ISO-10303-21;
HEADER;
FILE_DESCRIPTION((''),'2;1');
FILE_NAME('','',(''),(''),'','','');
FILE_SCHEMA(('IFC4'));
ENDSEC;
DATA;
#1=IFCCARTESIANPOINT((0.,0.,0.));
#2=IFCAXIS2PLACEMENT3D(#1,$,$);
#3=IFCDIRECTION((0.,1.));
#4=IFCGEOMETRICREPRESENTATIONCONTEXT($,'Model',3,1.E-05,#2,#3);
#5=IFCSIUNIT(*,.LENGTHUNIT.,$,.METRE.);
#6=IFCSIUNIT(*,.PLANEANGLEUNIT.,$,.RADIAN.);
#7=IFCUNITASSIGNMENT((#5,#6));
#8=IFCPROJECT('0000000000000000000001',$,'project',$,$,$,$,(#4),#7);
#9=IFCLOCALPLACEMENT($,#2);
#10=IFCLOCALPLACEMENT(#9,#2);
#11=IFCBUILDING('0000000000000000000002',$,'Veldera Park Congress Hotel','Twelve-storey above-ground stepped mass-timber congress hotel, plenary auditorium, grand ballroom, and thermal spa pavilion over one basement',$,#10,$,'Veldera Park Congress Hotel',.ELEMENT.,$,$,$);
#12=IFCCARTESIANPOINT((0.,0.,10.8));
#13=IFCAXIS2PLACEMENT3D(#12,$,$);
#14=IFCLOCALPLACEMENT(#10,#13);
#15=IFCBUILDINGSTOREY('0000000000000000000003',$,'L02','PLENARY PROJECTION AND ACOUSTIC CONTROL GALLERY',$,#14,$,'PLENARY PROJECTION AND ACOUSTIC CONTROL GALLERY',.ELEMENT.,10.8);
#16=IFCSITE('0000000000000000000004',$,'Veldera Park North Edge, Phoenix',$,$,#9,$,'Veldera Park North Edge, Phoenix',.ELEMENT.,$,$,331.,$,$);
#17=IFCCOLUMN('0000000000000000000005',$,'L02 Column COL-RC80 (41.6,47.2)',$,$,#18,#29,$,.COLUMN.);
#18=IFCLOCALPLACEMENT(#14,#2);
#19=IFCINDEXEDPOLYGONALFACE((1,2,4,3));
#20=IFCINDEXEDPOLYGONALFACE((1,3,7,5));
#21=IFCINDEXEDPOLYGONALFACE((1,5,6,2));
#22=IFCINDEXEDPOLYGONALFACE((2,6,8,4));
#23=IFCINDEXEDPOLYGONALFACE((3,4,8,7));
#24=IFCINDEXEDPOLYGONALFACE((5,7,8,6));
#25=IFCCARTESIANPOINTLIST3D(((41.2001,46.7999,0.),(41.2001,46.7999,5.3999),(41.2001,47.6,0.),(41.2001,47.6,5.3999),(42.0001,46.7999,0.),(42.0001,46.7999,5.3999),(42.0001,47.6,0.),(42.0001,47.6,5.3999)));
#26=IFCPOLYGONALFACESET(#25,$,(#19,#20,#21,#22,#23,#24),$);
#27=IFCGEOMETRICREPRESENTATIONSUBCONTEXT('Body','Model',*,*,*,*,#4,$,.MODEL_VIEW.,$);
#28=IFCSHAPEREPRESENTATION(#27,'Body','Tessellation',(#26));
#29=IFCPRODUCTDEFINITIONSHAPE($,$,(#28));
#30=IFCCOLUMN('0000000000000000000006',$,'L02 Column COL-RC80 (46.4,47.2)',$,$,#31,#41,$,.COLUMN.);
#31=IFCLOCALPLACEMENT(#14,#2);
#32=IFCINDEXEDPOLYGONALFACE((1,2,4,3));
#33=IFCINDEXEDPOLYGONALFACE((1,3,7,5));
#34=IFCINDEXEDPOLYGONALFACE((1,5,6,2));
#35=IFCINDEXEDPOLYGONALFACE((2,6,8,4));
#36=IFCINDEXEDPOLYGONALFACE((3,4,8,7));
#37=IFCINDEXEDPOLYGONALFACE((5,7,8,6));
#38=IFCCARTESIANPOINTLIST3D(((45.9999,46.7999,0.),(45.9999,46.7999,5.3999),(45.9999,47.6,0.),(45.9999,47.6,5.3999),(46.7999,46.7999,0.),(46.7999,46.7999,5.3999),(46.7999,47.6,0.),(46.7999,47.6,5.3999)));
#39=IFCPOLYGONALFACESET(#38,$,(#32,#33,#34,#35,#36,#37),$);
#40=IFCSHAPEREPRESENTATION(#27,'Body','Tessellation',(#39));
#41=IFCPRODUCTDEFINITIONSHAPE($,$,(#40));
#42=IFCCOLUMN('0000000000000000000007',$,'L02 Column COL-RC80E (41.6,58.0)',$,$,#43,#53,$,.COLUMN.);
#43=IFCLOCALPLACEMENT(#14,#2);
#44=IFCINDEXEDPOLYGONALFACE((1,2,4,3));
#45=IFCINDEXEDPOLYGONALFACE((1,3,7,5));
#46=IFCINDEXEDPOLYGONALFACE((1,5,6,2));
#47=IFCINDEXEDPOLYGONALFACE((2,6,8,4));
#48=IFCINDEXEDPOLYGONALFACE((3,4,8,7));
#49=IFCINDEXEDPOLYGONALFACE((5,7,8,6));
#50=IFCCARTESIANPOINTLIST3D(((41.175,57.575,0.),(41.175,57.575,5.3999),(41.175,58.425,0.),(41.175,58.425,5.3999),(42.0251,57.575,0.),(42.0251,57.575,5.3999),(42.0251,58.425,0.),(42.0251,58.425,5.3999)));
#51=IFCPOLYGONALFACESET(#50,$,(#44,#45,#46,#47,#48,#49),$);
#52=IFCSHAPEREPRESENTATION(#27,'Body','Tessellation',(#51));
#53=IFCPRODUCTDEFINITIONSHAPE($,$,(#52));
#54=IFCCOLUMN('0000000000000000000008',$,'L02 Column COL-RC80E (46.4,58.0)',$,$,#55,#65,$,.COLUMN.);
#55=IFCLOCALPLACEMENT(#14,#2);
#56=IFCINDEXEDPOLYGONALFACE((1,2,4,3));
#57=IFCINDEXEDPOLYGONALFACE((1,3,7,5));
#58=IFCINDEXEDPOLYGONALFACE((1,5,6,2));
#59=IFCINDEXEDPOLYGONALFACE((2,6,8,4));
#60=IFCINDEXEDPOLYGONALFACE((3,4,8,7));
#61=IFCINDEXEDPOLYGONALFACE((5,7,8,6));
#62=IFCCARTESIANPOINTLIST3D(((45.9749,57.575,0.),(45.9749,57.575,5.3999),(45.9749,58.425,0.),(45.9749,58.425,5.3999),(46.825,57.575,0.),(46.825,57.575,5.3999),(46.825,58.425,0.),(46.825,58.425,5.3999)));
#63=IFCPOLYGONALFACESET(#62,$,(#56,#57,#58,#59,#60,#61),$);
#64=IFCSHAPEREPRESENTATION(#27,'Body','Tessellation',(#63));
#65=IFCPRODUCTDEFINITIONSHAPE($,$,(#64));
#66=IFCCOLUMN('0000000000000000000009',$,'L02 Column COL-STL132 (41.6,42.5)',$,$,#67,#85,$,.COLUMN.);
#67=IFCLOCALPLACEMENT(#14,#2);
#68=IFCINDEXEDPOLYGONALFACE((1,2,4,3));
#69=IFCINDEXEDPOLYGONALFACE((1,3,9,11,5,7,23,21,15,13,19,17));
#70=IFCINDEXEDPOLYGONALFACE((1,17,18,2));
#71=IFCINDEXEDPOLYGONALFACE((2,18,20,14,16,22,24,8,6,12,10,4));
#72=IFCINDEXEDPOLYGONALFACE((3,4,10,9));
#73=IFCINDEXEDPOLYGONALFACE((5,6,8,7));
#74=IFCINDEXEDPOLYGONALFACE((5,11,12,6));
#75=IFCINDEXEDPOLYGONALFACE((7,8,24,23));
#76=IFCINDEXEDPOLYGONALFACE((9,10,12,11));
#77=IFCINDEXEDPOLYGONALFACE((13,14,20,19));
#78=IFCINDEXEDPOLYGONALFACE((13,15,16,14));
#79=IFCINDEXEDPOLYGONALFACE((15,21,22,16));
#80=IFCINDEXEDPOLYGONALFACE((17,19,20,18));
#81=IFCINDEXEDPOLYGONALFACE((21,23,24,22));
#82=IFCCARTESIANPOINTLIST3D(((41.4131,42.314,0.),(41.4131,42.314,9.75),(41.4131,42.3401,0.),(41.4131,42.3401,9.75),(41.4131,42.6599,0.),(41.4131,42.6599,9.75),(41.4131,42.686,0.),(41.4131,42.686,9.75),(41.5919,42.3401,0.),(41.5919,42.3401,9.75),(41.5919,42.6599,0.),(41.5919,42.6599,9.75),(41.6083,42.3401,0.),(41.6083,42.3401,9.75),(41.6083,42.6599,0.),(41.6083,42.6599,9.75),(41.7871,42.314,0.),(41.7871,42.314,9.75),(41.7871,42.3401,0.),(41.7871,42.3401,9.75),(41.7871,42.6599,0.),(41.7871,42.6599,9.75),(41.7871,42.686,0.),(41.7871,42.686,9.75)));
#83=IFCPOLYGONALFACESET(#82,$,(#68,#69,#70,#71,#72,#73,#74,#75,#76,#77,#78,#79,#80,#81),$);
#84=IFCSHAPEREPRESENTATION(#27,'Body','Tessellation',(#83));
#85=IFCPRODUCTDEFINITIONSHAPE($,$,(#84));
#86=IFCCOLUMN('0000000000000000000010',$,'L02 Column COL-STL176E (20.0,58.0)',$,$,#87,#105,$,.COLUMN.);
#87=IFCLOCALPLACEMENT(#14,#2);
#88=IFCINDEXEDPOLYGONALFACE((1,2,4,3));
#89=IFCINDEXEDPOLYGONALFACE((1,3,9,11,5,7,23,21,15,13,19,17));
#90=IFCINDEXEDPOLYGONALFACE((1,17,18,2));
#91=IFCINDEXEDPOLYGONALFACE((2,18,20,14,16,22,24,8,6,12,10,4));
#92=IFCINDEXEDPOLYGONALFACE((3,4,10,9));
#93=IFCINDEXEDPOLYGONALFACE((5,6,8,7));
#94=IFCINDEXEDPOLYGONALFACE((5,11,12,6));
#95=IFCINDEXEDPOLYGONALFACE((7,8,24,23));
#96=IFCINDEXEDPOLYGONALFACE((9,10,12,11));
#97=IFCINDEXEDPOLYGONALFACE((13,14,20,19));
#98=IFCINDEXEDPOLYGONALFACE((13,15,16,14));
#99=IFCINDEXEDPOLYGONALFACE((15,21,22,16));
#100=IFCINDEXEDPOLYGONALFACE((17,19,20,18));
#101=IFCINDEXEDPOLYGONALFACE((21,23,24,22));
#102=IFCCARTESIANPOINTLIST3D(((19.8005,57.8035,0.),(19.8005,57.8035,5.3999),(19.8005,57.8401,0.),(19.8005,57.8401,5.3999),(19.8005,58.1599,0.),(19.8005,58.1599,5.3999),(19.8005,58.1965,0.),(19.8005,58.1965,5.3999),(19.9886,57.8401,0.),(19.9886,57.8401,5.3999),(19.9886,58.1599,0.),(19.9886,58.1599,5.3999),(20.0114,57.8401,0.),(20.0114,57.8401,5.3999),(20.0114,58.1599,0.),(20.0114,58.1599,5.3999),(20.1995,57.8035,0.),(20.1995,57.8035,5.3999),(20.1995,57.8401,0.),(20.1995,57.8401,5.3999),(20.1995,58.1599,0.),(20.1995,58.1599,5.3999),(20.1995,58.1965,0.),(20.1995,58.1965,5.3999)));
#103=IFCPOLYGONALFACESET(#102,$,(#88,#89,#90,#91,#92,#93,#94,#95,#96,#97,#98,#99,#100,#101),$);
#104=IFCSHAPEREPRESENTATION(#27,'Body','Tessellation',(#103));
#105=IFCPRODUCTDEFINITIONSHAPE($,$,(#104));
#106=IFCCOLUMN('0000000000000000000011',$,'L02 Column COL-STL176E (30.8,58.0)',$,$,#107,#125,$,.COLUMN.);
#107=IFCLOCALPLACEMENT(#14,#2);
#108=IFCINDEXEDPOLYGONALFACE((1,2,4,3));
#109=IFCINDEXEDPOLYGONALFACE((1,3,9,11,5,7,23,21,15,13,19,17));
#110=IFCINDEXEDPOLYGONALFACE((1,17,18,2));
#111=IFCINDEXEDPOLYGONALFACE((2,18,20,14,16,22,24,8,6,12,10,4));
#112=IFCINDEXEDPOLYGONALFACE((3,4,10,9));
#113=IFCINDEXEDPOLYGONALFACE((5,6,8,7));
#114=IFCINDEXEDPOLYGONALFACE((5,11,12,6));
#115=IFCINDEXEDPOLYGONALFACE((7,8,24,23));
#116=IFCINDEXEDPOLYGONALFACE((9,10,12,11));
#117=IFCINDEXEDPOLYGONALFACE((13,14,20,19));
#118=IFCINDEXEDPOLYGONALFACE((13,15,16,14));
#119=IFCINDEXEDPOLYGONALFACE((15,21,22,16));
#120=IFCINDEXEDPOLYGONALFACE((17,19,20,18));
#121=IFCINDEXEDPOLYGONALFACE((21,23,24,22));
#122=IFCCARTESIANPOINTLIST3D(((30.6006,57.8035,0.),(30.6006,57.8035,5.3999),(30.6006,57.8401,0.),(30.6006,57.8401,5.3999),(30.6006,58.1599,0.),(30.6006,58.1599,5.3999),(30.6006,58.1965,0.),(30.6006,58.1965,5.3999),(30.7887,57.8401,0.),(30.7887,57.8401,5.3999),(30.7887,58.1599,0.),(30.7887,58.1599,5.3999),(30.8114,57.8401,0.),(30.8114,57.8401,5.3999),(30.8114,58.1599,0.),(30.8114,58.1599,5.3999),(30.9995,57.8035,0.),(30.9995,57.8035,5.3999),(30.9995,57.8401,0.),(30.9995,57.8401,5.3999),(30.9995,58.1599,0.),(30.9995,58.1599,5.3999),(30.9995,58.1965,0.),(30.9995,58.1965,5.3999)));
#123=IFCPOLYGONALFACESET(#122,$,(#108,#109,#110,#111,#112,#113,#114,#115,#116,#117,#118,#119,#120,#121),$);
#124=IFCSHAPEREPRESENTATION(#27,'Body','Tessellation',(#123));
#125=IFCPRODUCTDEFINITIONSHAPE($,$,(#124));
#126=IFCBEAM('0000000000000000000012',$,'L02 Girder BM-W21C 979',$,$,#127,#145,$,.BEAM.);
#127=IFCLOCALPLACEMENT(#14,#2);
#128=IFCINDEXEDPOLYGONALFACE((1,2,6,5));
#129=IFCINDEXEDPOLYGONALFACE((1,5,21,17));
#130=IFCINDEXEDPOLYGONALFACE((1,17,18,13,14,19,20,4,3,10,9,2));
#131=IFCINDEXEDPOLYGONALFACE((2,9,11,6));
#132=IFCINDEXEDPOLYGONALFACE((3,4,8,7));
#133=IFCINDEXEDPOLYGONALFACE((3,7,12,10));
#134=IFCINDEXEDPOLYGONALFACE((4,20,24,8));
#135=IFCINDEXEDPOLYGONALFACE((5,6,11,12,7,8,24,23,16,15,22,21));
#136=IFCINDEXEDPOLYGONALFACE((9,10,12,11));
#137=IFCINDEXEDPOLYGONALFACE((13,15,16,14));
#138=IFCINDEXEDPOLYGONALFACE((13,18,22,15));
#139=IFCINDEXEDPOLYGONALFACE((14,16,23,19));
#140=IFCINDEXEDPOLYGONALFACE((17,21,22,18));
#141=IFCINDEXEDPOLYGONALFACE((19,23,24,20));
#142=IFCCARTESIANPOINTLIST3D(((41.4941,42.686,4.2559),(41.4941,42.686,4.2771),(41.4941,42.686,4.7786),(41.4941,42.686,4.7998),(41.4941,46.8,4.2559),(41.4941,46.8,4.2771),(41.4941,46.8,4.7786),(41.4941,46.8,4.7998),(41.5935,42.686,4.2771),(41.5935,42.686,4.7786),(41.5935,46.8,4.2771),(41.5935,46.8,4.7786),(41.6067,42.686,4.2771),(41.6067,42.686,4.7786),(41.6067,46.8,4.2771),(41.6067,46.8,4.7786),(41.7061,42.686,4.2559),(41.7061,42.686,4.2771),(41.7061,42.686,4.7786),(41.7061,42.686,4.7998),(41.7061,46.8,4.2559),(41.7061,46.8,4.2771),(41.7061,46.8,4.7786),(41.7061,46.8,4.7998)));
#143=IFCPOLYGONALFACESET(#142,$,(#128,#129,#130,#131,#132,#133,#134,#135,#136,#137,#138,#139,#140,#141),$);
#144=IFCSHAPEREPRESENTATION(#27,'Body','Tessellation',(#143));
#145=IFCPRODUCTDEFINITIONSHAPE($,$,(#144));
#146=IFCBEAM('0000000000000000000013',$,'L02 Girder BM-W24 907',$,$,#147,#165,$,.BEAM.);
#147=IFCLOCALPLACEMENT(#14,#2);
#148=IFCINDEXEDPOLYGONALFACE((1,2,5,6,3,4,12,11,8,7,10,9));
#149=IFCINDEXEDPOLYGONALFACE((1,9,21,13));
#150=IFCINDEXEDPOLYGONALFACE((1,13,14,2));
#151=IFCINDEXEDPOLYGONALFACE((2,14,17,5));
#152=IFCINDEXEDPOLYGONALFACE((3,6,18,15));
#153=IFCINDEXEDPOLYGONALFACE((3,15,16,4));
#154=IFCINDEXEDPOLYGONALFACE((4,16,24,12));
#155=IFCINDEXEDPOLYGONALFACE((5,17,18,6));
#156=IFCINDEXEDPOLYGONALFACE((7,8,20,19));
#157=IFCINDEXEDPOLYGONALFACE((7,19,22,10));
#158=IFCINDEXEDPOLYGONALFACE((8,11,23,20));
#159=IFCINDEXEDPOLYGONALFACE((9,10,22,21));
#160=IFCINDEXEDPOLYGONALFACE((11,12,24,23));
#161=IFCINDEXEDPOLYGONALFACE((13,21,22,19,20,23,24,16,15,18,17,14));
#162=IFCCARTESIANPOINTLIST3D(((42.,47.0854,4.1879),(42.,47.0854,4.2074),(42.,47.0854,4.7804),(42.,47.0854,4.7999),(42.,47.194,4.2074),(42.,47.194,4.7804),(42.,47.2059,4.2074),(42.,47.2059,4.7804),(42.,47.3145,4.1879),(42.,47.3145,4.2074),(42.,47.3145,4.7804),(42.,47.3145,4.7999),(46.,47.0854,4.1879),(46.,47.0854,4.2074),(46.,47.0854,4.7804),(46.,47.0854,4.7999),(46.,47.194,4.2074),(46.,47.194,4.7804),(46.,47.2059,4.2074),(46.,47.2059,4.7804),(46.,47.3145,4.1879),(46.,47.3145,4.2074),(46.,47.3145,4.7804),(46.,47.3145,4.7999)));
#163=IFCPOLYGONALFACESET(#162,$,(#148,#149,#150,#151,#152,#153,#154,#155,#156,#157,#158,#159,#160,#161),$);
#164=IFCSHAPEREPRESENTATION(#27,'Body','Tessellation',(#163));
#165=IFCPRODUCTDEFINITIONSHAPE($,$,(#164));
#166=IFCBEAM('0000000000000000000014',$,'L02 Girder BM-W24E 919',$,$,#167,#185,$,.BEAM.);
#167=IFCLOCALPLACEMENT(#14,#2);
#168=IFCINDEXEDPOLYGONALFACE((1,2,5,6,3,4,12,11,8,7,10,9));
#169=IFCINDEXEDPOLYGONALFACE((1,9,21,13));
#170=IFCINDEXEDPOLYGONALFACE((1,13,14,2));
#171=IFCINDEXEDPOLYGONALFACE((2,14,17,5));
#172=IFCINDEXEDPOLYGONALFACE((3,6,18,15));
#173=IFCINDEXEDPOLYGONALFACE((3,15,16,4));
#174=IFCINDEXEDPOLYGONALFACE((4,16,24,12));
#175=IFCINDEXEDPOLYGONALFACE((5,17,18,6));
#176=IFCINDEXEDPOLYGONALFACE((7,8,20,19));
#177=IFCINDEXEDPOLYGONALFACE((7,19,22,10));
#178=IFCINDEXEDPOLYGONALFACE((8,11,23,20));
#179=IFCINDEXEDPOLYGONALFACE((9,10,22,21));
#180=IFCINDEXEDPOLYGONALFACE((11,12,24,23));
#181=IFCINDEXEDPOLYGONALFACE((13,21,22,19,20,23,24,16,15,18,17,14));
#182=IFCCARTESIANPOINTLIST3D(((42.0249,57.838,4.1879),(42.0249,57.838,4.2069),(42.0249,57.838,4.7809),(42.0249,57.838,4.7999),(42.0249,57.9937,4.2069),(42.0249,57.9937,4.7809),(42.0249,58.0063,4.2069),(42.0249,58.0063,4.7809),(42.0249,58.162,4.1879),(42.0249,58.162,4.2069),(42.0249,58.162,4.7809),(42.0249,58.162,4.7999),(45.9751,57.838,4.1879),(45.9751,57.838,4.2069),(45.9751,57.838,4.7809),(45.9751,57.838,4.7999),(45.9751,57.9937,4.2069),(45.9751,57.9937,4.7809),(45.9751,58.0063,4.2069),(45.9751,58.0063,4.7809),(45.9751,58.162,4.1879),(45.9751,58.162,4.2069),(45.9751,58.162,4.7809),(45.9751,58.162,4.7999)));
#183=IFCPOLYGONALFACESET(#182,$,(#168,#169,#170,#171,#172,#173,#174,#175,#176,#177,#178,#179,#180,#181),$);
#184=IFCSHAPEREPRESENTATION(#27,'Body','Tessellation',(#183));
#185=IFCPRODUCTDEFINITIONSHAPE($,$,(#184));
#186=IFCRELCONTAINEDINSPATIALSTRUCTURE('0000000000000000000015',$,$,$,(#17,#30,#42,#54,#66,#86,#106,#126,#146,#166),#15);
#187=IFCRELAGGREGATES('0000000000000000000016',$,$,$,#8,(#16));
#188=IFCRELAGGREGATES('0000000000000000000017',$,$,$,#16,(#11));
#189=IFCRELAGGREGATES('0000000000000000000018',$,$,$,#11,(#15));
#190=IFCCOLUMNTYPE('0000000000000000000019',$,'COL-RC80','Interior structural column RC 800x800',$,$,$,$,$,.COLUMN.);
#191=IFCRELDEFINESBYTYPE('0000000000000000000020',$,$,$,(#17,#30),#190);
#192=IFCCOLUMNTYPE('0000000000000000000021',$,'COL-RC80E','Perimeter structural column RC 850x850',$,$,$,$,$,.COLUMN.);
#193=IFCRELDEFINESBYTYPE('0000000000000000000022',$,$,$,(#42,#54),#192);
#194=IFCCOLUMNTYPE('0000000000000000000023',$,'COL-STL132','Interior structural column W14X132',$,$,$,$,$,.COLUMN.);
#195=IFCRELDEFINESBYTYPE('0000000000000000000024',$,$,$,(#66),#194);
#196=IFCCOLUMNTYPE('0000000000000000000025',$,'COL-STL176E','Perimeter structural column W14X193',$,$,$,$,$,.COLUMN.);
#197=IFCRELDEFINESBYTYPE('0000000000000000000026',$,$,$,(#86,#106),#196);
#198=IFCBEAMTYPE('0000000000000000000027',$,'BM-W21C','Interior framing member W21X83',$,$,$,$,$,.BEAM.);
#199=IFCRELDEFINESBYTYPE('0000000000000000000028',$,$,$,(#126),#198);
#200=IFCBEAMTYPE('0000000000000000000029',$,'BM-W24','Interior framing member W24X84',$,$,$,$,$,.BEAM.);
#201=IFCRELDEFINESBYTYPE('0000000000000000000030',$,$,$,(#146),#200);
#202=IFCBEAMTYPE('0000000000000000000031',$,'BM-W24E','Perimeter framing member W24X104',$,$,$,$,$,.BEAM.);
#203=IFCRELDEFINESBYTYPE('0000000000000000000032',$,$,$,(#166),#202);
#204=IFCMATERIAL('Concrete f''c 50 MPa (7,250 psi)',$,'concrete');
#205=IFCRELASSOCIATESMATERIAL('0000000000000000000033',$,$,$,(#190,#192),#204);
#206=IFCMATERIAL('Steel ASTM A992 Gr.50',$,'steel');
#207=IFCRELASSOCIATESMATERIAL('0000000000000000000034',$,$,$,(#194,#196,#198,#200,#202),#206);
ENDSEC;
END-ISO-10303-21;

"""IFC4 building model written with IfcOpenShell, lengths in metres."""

from ifc_helpers import new_model, si_unit, direction, frame, origin, origin_2d, place, context, subcontext, project, spatial, rectangle, i_section, extrude, material, material_profile, profile_set, type_object, element, save


model = new_model("IFC4")

# Units and contexts
model_context = context("Model", 3, precision=1e-05, world=origin(), true_north=direction((0.0, 1.0)))
body_context = subcontext(model_context, "Body", "Model", "MODEL_VIEW")
ifc_project = project(units=[si_unit("LENGTHUNIT", "METRE"), si_unit("PLANEANGLEUNIT", "RADIAN")], contexts=[model_context])

# Site, building, storey
site_placement = place(None, origin())
site = spatial("IfcSite", under=ifc_project, at=site_placement, Name="Veldera Park North Edge, Phoenix", LongName="Veldera Park North Edge, Phoenix", CompositionType="ELEMENT", RefElevation=331.0)
building_placement = place(site_placement, origin())
building = spatial("IfcBuilding", under=site, at=building_placement, Name="Veldera Park Congress Hotel", Description="Twelve-storey above-ground stepped mass-timber congress hotel, plenary auditorium, grand ballroom, and thermal spa pavilion over one basement", LongName="Veldera Park Congress Hotel", CompositionType="ELEMENT")
storey_placement = place(building_placement, frame((0.0, 0.0, 10.8)))
storey = spatial("IfcBuildingStorey", under=building, at=storey_placement, Name="L02", Description="PLENARY PROJECTION AND ACOUSTIC CONTROL GALLERY", LongName="PLENARY PROJECTION AND ACOUSTIC CONTROL GALLERY", CompositionType="ELEMENT", Elevation=10.8)

# Columns
ifc_material_1 = material(Name="Concrete f'c 50 MPa (7,250 psi)", Category="concrete")
ifc_material_profile_1 = material_profile(ifc_material_1, rectangle(XDim=0.8, YDim=0.8, at=origin_2d()), Name="RC 800x800")
ifc_profile_set_1 = profile_set([ifc_material_profile_1], Name="Concrete f'c 50 MPa (7,250 psi)")
column_type_1 = type_object("IfcColumnType", Name="COL-RC80", Description="Interior structural column RC 800x800", PredefinedType="COLUMN", material=ifc_profile_set_1)
for number, where, z_axis, x_axis, name in (
    (1, (41.6001, 47.2, 0.0), (0.0, 0.0, 1.0), (1.0, 0.0, 0.0), "L02 Column COL-RC80 (41.6,47.2)"),
    (2, (46.3999, 47.2, 0.0), (0.0, 0.0, 1.0), (1.0, 0.0, 0.0), "L02 Column COL-RC80 (46.4,47.2)"),
):
    element("IfcColumn", number, at=place(storey_placement, frame(where, z_axis=z_axis, x_axis=x_axis)), inside=storey, type_object=column_type_1, Name=name, PredefinedType="COLUMN", context=body_context, shape_type="SweptSolid", body=[
        extrude(rectangle(XDim=0.8, YDim=0.8, at=origin_2d()), origin(), (0.0, 0.0, 1.0), 5.3999),
    ])
ifc_material_profile_2 = material_profile(ifc_material_1, rectangle(XDim=0.8501, YDim=0.8501, at=origin_2d()), Name="RC 850x850")
ifc_profile_set_2 = profile_set([ifc_material_profile_2], Name="Concrete f'c 50 MPa (7,250 psi)")
column_type_2 = type_object("IfcColumnType", Name="COL-RC80E", Description="Perimeter structural column RC 850x850", PredefinedType="COLUMN", material=ifc_profile_set_2)
for number, where, z_axis, x_axis, name in (
    (3, (41.6001, 58.0, 0.0), (0.0, 0.0, 1.0), (1.0, 0.0, 0.0), "L02 Column COL-RC80E (41.6,58.0)"),
    (4, (46.3999, 58.0, 0.0), (0.0, 0.0, 1.0), (1.0, 0.0, 0.0), "L02 Column COL-RC80E (46.4,58.0)"),
):
    element("IfcColumn", number, at=place(storey_placement, frame(where, z_axis=z_axis, x_axis=x_axis)), inside=storey, type_object=column_type_2, Name=name, PredefinedType="COLUMN", context=body_context, shape_type="SweptSolid", body=[
        extrude(rectangle(XDim=0.8501, YDim=0.8501, at=origin_2d()), origin(), (0.0, 0.0, 1.0), 5.3999),
    ])
ifc_material_2 = material(Name="Steel ASTM A992 Gr.50", Category="steel")
ifc_material_profile_3 = material_profile(ifc_material_2, i_section(OverallWidth=0.374, OverallDepth=0.3721, WebThickness=0.0164, FlangeThickness=0.0261, at=origin_2d()), Name="W14X132")
ifc_profile_set_3 = profile_set([ifc_material_profile_3], Name="Steel ASTM A992 Gr.50")
column_type_3 = type_object("IfcColumnType", Name="COL-STL132", Description="Interior structural column W14X132", PredefinedType="COLUMN", material=ifc_profile_set_3)
column_placement = place(storey_placement, frame((41.6001, 42.5, 0.0), z_axis=(0.0, 0.0, 1.0), x_axis=(1.0, 0.0, 0.0)))
element("IfcColumn", 5, at=column_placement, inside=storey, type_object=column_type_3, Name="L02 Column COL-STL132 (41.6,42.5)", PredefinedType="COLUMN", context=body_context, shape_type="SweptSolid", body=[
    extrude(i_section(OverallWidth=0.374, OverallDepth=0.3721, WebThickness=0.0164, FlangeThickness=0.0261, at=origin_2d()), origin(), (0.0, 0.0, 1.0), 9.75),
])
ifc_material_profile_4 = material_profile(ifc_material_2, i_section(OverallWidth=0.3989, OverallDepth=0.3931, WebThickness=0.0227, FlangeThickness=0.0366, at=origin_2d()), Name="W14X193")
ifc_profile_set_4 = profile_set([ifc_material_profile_4], Name="Steel ASTM A992 Gr.50")
column_type_4 = type_object("IfcColumnType", Name="COL-STL176E", Description="Perimeter structural column W14X193", PredefinedType="COLUMN", material=ifc_profile_set_4)
for number, where, z_axis, x_axis, name in (
    (6, (20.0, 58.0, 0.0), (0.0, 0.0, 1.0), (1.0, 0.0, 0.0), "L02 Column COL-STL176E (20.0,58.0)"),
    (7, (30.8, 58.0, 0.0), (0.0, 0.0, 1.0), (1.0, 0.0, 0.0), "L02 Column COL-STL176E (30.8,58.0)"),
):
    element("IfcColumn", number, at=place(storey_placement, frame(where, z_axis=z_axis, x_axis=x_axis)), inside=storey, type_object=column_type_4, Name=name, PredefinedType="COLUMN", context=body_context, shape_type="SweptSolid", body=[
        extrude(i_section(OverallWidth=0.3989, OverallDepth=0.3931, WebThickness=0.0227, FlangeThickness=0.0366, at=origin_2d()), origin(), (0.0, 0.0, 1.0), 5.3999),
    ])

# Beams
ifc_material_profile_5 = material_profile(ifc_material_2, i_section(OverallWidth=0.2119, OverallDepth=0.5439, WebThickness=0.0132, FlangeThickness=0.0212, at=origin_2d()), Name="W21X83")
ifc_profile_set_5 = profile_set([ifc_material_profile_5], Name="Steel ASTM A992 Gr.50")
beam_type_1 = type_object("IfcBeamType", Name="BM-W21C", Description="Interior framing member W21X83", PredefinedType="BEAM", material=ifc_profile_set_5)
beam_1_placement = place(storey_placement, frame((41.6001, 42.686, 4.5278), z_axis=(0.0, 1.0, 0.0), x_axis=(-1.0, 0.0, 0.0)))
element("IfcBeam", 8, at=beam_1_placement, inside=storey, type_object=beam_type_1, Name="L02 Girder BM-W21C 979", PredefinedType="BEAM", context=body_context, shape_type="SweptSolid", body=[
    extrude(i_section(OverallWidth=0.2119, OverallDepth=0.5439, WebThickness=0.0132, FlangeThickness=0.0212, at=origin_2d()), origin(), (0.0, 0.0, 1.0), 4.114),
])
ifc_material_profile_6 = material_profile(ifc_material_2, i_section(OverallWidth=0.229, OverallDepth=0.6121, WebThickness=0.012, FlangeThickness=0.0195, at=origin_2d()), Name="W24X84")
ifc_profile_set_6 = profile_set([ifc_material_profile_6], Name="Steel ASTM A992 Gr.50")
beam_type_2 = type_object("IfcBeamType", Name="BM-W24", Description="Interior framing member W24X84", PredefinedType="BEAM", material=ifc_profile_set_6)
beam_2_placement = place(storey_placement, frame((42.0, 47.2, 4.4939), z_axis=(1.0, 0.0, 0.0), x_axis=(0.0, 1.0, 0.0)))
element("IfcBeam", 9, at=beam_2_placement, inside=storey, type_object=beam_type_2, Name="L02 Girder BM-W24 907", PredefinedType="BEAM", context=body_context, shape_type="SweptSolid", body=[
    extrude(i_section(OverallWidth=0.229, OverallDepth=0.6121, WebThickness=0.012, FlangeThickness=0.0195, at=origin_2d()), origin(), (0.0, 0.0, 1.0), 4.0),
])
ifc_material_profile_7 = material_profile(ifc_material_2, i_section(OverallWidth=0.324, OverallDepth=0.6121, WebThickness=0.0127, FlangeThickness=0.019, at=origin_2d()), Name="W24X104")
ifc_profile_set_7 = profile_set([ifc_material_profile_7], Name="Steel ASTM A992 Gr.50")
beam_type_3 = type_object("IfcBeamType", Name="BM-W24E", Description="Perimeter framing member W24X104", PredefinedType="BEAM", material=ifc_profile_set_7)
beam_3_placement = place(storey_placement, frame((42.0249, 58.0, 4.4939), z_axis=(1.0, 0.0, 0.0), x_axis=(0.0, 1.0, 0.0)))
element("IfcBeam", 10, at=beam_3_placement, inside=storey, type_object=beam_type_3, Name="L02 Girder BM-W24E 919", PredefinedType="BEAM", context=body_context, shape_type="SweptSolid", body=[
    extrude(i_section(OverallWidth=0.324, OverallDepth=0.6121, WebThickness=0.0127, FlangeThickness=0.019, at=origin_2d()), origin(), (0.0, 0.0, 1.0), 3.9502),
])

save(model, "model.ifc")
